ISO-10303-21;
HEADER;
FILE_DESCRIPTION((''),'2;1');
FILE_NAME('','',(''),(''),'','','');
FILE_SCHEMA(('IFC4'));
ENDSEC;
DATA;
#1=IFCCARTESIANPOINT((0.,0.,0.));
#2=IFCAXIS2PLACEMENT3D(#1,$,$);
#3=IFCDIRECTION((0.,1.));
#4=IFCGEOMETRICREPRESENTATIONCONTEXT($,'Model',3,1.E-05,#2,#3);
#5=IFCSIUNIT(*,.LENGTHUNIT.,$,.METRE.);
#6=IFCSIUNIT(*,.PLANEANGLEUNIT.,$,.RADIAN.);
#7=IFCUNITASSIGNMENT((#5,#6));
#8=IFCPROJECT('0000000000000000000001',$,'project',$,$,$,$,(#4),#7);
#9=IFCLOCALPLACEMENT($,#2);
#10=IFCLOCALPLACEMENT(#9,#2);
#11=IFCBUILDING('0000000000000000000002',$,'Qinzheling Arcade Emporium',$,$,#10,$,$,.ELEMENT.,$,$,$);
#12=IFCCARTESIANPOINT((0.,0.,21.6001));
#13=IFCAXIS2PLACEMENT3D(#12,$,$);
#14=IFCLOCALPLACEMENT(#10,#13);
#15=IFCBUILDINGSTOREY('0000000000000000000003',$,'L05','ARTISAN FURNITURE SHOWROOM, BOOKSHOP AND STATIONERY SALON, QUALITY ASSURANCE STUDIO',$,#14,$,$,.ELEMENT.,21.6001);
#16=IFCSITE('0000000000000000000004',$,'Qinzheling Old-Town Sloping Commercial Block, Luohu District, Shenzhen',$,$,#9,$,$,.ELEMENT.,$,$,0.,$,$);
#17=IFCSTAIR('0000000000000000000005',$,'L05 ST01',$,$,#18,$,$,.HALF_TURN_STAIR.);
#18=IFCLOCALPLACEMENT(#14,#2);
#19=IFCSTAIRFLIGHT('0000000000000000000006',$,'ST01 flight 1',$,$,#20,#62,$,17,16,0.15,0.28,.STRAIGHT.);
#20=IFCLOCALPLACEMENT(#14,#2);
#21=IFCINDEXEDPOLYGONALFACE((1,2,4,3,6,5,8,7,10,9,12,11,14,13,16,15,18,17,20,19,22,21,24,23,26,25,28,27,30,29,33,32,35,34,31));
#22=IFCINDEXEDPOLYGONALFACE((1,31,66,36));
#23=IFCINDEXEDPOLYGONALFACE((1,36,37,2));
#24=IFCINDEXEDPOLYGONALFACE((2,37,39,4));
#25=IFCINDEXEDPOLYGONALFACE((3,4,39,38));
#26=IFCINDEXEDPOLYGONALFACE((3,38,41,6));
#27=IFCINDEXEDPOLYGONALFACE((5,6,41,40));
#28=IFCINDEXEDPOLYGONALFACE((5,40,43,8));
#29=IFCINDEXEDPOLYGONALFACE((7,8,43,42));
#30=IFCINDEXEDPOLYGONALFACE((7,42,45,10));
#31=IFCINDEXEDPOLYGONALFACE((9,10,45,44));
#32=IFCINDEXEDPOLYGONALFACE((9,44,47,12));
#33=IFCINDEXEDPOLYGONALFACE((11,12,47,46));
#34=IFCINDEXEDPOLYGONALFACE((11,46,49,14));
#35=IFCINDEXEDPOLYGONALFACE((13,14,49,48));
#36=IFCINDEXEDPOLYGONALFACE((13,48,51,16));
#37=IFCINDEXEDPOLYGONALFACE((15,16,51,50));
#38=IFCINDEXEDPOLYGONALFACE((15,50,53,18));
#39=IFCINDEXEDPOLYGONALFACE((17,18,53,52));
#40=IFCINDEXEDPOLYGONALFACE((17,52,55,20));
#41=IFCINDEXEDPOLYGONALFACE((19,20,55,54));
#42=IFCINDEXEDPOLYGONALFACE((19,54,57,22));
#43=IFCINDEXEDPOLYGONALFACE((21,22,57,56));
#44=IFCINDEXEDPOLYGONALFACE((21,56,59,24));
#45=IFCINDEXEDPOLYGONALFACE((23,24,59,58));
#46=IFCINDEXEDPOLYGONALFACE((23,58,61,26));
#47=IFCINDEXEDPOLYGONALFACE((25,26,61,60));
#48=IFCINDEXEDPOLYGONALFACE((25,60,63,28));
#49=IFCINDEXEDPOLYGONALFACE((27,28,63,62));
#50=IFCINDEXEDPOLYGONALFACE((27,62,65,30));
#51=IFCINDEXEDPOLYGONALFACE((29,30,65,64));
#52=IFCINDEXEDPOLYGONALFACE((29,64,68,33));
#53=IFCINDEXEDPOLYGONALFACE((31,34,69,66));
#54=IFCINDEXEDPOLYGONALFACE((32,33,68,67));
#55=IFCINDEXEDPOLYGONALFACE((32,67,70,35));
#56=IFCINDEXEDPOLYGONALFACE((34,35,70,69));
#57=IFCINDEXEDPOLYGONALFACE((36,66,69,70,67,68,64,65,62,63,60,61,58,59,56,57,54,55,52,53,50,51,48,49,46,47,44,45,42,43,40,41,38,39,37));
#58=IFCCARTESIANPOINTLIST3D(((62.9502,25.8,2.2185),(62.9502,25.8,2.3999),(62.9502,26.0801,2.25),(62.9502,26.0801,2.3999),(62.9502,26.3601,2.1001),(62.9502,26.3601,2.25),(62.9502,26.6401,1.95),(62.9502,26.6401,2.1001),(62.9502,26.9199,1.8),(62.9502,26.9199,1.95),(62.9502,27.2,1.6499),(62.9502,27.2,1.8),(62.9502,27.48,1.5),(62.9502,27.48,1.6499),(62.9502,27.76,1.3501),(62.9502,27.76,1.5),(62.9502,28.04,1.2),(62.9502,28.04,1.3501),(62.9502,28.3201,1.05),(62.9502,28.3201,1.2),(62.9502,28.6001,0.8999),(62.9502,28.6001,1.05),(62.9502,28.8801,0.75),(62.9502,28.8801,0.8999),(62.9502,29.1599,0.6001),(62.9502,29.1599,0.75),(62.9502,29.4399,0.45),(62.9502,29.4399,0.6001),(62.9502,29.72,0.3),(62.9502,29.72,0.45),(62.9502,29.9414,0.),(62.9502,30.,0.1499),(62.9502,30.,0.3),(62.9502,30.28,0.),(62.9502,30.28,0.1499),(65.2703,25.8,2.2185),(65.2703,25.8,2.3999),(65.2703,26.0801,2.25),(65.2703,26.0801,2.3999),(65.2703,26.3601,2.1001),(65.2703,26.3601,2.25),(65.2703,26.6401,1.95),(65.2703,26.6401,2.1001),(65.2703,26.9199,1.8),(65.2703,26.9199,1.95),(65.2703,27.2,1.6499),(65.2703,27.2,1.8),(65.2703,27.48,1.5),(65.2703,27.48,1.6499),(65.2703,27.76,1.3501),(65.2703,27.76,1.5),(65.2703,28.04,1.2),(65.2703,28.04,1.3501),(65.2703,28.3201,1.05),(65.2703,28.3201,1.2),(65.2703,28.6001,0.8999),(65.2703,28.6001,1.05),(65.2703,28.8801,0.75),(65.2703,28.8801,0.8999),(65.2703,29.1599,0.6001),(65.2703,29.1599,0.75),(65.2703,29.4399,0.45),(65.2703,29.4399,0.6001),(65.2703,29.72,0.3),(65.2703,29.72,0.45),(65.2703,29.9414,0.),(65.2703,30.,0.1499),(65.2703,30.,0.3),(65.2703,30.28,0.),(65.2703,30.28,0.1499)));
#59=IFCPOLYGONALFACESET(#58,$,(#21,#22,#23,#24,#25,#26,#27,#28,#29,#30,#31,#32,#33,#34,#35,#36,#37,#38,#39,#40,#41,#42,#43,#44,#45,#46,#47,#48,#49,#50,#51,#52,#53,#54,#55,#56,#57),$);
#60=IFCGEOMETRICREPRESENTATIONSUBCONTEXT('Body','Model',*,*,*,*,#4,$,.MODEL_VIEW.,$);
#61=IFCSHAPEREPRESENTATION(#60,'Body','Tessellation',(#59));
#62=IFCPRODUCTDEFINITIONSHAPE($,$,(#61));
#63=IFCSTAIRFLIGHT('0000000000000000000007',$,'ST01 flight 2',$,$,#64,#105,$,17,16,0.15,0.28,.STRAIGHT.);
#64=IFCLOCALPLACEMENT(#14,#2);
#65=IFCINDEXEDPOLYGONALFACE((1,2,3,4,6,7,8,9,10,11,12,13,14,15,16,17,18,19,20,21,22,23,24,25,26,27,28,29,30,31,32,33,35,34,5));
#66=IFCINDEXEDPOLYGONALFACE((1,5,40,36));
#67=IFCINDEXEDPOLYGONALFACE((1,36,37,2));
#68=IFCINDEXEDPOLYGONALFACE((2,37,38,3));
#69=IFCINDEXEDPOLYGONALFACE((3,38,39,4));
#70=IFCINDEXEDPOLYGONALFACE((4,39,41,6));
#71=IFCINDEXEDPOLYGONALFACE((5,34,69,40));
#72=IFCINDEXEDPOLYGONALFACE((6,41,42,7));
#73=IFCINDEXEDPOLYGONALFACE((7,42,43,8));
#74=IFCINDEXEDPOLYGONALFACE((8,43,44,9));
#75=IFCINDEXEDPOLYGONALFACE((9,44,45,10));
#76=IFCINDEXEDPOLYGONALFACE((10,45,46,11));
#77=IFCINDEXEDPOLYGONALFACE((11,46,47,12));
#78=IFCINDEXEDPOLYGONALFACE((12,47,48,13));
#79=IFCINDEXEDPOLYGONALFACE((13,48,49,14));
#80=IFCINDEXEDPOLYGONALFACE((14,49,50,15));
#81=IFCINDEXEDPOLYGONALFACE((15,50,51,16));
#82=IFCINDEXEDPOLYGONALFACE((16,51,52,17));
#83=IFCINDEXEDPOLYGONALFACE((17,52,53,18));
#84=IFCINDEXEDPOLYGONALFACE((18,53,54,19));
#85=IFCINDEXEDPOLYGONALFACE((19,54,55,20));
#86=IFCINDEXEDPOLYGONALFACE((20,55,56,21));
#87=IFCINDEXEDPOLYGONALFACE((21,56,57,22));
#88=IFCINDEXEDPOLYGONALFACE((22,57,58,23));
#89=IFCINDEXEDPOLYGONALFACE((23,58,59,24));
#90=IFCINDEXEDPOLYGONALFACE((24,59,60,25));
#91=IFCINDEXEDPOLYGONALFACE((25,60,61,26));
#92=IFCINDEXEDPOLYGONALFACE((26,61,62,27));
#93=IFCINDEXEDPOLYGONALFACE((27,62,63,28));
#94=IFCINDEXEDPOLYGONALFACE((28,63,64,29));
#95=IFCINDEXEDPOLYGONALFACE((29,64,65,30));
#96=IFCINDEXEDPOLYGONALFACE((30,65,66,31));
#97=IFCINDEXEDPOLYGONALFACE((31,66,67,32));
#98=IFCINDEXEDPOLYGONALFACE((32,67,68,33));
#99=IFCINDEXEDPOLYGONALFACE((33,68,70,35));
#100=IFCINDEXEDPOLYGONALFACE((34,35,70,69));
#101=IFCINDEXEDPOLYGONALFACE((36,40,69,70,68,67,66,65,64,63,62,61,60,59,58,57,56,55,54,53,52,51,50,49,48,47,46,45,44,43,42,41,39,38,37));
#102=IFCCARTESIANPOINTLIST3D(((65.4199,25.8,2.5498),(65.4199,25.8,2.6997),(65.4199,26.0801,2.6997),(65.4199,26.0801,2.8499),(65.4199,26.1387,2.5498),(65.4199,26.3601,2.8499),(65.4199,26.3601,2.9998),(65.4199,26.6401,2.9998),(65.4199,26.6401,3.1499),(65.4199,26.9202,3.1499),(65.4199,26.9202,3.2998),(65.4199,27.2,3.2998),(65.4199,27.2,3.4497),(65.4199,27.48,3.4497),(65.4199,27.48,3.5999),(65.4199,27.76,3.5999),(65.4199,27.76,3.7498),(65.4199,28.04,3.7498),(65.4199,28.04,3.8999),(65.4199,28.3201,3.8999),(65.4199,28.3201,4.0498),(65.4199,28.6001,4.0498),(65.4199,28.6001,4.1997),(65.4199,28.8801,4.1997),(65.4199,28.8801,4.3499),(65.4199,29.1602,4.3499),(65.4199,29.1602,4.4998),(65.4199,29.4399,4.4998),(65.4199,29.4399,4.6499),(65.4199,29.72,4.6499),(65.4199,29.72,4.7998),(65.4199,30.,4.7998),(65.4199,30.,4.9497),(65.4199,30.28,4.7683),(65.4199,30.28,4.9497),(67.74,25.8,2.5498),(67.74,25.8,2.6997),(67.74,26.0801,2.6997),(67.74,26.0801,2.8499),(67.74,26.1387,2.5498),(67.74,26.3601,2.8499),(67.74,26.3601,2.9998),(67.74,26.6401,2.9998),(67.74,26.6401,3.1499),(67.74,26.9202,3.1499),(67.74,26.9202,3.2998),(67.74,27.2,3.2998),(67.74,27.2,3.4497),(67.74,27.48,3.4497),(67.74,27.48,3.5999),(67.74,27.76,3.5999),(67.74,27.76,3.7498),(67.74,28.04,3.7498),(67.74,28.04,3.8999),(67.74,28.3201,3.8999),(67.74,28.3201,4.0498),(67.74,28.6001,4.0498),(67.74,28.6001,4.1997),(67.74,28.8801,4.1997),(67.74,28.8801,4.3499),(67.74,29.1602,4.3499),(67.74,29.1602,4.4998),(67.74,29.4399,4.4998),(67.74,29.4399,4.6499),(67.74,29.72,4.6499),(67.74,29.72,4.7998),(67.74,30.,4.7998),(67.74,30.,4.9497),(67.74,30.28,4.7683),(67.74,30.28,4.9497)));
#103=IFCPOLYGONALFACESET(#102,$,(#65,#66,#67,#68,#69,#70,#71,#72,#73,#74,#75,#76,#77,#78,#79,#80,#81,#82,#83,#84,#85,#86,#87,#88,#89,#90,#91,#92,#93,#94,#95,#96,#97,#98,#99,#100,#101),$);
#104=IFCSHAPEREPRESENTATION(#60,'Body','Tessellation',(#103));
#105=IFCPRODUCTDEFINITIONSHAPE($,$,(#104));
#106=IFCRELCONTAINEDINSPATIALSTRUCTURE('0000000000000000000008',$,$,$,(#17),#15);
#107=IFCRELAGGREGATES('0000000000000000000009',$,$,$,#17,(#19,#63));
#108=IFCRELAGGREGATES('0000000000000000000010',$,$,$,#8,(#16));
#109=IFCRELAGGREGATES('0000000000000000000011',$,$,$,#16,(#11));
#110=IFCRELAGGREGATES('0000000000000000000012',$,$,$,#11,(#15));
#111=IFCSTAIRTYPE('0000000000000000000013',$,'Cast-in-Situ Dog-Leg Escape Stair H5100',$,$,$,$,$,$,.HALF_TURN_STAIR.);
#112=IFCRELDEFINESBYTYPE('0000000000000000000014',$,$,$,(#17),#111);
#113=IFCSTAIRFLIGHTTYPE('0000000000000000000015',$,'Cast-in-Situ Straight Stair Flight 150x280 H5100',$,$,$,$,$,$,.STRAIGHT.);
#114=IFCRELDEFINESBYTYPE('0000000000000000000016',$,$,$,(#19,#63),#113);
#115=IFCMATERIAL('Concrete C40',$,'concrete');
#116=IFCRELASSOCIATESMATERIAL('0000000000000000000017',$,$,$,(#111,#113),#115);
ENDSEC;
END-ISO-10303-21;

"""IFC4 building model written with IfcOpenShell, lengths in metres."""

from ifc_helpers import new_model, si_unit, direction, frame, origin, place, context, subcontext, project, spatial, polyline, outline, extrude, material, type_object, element, aggregate, save


model = new_model("IFC4")

# Units and contexts
model_context = context("Model", 3, precision=1e-05, world=origin(), true_north=direction((0.0, 1.0)))
body_context = subcontext(model_context, "Body", "Model", "MODEL_VIEW")
ifc_project = project(units=[si_unit("LENGTHUNIT", "METRE"), si_unit("PLANEANGLEUNIT", "RADIAN")], contexts=[model_context])

# Site, building, storey
site_placement = place(None, origin())
site = spatial("IfcSite", under=ifc_project, at=site_placement, Name="Qinzheling Old-Town Sloping Commercial Block, Luohu District, Shenzhen", CompositionType="ELEMENT", RefElevation=0.0)
building_placement = place(site_placement, origin())
building = spatial("IfcBuilding", under=site, at=building_placement, Name="Qinzheling Arcade Emporium", CompositionType="ELEMENT")
storey_placement = place(building_placement, frame((0.0, 0.0, 21.6001)))
storey = spatial("IfcBuildingStorey", under=building, at=storey_placement, Name="L05", Description="ARTISAN FURNITURE SHOWROOM, BOOKSHOP AND STATIONERY SALON, QUALITY ASSURANCE STUDIO", CompositionType="ELEMENT", Elevation=21.6001)

# Shared definitions
ifc_material_1 = material(Name="Concrete C40", Category="concrete")

# Stair, stair flights
stair_type = type_object("IfcStairType", Name="Cast-in-Situ Dog-Leg Escape Stair H5100", PredefinedType="HALF_TURN_STAIR", material=ifc_material_1)
stair_placement = place(storey_placement, origin())
stair = element("IfcStair", 1, at=stair_placement, inside=storey, type_object=stair_type, Name="L05 ST01", PredefinedType="HALF_TURN_STAIR")
stair_flight_type = type_object("IfcStairFlightType", Name="Cast-in-Situ Straight Stair Flight 150x280 H5100", PredefinedType="STRAIGHT", material=ifc_material_1)
stair_flight_1_placement = place(storey_placement, frame((64.1101, 30.28, 0.0), z_axis=(0.0, 0.0, 1.0), x_axis=(0.0, -1.0, 0.0)))
stair_flight_1 = element("IfcStairFlight", 2, at=stair_flight_1_placement, type_object=stair_flight_type, Name="ST01 flight 1", NumberOfRisers=17, NumberOfTreads=16, PredefinedType="STRAIGHT", RiserHeight=0.15, TreadLength=0.28, context=body_context, shape_type="SweptSolid", body=[
    extrude(outline(polyline([(0.0, 0.0), (0.0, 0.1499), (0.28, 0.1499), (0.28, 0.3), (0.5601, 0.3), (0.5601, 0.45), (0.8401, 0.45), (0.8401, 0.6001), (1.1201, 0.6001), (1.1201, 0.75), (1.3999, 0.75), (1.3999, 0.8999), (1.6799, 0.8999), (1.6799, 1.05), (1.96, 1.05), (1.96, 1.2), (2.24, 1.2), (2.24, 1.3501), (2.52, 1.3501), (2.52, 1.5), (2.8, 1.5), (2.8, 1.6499), (3.0801, 1.6499), (3.0801, 1.8), (3.3601, 1.8), (3.3601, 1.95), (3.6399, 1.95), (3.6399, 2.1001), (3.9199, 2.1001), (3.9199, 2.25), (4.2, 2.25), (4.2, 2.3999), (4.48, 2.3999), (4.48, 2.55), (4.48, 2.2185), (0.3386, 0.0), (0.0, 0.0)])), frame((0.0, 1.1602, 0.0), z_axis=(0.0, -1.0, 0.0), x_axis=(1.0, 0.0, 0.0)), (0.0, 0.0, 1.0), 2.3201),
])
stair_flight_2_placement = place(storey_placement, frame((66.5801, 25.8, 2.5498), z_axis=(0.0, 0.0, 1.0), x_axis=(0.0, 1.0, 0.0)))
stair_flight_2 = element("IfcStairFlight", 3, at=stair_flight_2_placement, type_object=stair_flight_type, Name="ST01 flight 2", NumberOfRisers=17, NumberOfTreads=16, PredefinedType="STRAIGHT", RiserHeight=0.15, TreadLength=0.28, context=body_context, shape_type="SweptSolid", body=[
    extrude(outline(polyline([(0.0, 0.0), (0.0, 0.1499), (0.28, 0.1499), (0.28, 0.3), (0.5601, 0.3), (0.5601, 0.45), (0.8401, 0.45), (0.8401, 0.6001), (1.1201, 0.6001), (1.1201, 0.75), (1.3999, 0.75), (1.3999, 0.8999), (1.6799, 0.8999), (1.6799, 1.05), (1.96, 1.05), (1.96, 1.2), (2.24, 1.2), (2.24, 1.3501), (2.52, 1.3501), (2.52, 1.5), (2.8, 1.5), (2.8, 1.6499), (3.0801, 1.6499), (3.0801, 1.8), (3.3601, 1.8), (3.3601, 1.95), (3.6399, 1.95), (3.6399, 2.1001), (3.9199, 2.1001), (3.9199, 2.25), (4.2, 2.25), (4.2, 2.3999), (4.48, 2.3999), (4.48, 2.55), (4.48, 2.2185), (0.3386, 0.0), (0.0, 0.0)])), frame((0.0, 1.1602, 0.0), z_axis=(0.0, -1.0, 0.0), x_axis=(1.0, 0.0, 0.0)), (0.0, 0.0, 1.0), 2.3201),
])
aggregate(stair, [stair_flight_1, stair_flight_2])

save(model, "model.ifc")
